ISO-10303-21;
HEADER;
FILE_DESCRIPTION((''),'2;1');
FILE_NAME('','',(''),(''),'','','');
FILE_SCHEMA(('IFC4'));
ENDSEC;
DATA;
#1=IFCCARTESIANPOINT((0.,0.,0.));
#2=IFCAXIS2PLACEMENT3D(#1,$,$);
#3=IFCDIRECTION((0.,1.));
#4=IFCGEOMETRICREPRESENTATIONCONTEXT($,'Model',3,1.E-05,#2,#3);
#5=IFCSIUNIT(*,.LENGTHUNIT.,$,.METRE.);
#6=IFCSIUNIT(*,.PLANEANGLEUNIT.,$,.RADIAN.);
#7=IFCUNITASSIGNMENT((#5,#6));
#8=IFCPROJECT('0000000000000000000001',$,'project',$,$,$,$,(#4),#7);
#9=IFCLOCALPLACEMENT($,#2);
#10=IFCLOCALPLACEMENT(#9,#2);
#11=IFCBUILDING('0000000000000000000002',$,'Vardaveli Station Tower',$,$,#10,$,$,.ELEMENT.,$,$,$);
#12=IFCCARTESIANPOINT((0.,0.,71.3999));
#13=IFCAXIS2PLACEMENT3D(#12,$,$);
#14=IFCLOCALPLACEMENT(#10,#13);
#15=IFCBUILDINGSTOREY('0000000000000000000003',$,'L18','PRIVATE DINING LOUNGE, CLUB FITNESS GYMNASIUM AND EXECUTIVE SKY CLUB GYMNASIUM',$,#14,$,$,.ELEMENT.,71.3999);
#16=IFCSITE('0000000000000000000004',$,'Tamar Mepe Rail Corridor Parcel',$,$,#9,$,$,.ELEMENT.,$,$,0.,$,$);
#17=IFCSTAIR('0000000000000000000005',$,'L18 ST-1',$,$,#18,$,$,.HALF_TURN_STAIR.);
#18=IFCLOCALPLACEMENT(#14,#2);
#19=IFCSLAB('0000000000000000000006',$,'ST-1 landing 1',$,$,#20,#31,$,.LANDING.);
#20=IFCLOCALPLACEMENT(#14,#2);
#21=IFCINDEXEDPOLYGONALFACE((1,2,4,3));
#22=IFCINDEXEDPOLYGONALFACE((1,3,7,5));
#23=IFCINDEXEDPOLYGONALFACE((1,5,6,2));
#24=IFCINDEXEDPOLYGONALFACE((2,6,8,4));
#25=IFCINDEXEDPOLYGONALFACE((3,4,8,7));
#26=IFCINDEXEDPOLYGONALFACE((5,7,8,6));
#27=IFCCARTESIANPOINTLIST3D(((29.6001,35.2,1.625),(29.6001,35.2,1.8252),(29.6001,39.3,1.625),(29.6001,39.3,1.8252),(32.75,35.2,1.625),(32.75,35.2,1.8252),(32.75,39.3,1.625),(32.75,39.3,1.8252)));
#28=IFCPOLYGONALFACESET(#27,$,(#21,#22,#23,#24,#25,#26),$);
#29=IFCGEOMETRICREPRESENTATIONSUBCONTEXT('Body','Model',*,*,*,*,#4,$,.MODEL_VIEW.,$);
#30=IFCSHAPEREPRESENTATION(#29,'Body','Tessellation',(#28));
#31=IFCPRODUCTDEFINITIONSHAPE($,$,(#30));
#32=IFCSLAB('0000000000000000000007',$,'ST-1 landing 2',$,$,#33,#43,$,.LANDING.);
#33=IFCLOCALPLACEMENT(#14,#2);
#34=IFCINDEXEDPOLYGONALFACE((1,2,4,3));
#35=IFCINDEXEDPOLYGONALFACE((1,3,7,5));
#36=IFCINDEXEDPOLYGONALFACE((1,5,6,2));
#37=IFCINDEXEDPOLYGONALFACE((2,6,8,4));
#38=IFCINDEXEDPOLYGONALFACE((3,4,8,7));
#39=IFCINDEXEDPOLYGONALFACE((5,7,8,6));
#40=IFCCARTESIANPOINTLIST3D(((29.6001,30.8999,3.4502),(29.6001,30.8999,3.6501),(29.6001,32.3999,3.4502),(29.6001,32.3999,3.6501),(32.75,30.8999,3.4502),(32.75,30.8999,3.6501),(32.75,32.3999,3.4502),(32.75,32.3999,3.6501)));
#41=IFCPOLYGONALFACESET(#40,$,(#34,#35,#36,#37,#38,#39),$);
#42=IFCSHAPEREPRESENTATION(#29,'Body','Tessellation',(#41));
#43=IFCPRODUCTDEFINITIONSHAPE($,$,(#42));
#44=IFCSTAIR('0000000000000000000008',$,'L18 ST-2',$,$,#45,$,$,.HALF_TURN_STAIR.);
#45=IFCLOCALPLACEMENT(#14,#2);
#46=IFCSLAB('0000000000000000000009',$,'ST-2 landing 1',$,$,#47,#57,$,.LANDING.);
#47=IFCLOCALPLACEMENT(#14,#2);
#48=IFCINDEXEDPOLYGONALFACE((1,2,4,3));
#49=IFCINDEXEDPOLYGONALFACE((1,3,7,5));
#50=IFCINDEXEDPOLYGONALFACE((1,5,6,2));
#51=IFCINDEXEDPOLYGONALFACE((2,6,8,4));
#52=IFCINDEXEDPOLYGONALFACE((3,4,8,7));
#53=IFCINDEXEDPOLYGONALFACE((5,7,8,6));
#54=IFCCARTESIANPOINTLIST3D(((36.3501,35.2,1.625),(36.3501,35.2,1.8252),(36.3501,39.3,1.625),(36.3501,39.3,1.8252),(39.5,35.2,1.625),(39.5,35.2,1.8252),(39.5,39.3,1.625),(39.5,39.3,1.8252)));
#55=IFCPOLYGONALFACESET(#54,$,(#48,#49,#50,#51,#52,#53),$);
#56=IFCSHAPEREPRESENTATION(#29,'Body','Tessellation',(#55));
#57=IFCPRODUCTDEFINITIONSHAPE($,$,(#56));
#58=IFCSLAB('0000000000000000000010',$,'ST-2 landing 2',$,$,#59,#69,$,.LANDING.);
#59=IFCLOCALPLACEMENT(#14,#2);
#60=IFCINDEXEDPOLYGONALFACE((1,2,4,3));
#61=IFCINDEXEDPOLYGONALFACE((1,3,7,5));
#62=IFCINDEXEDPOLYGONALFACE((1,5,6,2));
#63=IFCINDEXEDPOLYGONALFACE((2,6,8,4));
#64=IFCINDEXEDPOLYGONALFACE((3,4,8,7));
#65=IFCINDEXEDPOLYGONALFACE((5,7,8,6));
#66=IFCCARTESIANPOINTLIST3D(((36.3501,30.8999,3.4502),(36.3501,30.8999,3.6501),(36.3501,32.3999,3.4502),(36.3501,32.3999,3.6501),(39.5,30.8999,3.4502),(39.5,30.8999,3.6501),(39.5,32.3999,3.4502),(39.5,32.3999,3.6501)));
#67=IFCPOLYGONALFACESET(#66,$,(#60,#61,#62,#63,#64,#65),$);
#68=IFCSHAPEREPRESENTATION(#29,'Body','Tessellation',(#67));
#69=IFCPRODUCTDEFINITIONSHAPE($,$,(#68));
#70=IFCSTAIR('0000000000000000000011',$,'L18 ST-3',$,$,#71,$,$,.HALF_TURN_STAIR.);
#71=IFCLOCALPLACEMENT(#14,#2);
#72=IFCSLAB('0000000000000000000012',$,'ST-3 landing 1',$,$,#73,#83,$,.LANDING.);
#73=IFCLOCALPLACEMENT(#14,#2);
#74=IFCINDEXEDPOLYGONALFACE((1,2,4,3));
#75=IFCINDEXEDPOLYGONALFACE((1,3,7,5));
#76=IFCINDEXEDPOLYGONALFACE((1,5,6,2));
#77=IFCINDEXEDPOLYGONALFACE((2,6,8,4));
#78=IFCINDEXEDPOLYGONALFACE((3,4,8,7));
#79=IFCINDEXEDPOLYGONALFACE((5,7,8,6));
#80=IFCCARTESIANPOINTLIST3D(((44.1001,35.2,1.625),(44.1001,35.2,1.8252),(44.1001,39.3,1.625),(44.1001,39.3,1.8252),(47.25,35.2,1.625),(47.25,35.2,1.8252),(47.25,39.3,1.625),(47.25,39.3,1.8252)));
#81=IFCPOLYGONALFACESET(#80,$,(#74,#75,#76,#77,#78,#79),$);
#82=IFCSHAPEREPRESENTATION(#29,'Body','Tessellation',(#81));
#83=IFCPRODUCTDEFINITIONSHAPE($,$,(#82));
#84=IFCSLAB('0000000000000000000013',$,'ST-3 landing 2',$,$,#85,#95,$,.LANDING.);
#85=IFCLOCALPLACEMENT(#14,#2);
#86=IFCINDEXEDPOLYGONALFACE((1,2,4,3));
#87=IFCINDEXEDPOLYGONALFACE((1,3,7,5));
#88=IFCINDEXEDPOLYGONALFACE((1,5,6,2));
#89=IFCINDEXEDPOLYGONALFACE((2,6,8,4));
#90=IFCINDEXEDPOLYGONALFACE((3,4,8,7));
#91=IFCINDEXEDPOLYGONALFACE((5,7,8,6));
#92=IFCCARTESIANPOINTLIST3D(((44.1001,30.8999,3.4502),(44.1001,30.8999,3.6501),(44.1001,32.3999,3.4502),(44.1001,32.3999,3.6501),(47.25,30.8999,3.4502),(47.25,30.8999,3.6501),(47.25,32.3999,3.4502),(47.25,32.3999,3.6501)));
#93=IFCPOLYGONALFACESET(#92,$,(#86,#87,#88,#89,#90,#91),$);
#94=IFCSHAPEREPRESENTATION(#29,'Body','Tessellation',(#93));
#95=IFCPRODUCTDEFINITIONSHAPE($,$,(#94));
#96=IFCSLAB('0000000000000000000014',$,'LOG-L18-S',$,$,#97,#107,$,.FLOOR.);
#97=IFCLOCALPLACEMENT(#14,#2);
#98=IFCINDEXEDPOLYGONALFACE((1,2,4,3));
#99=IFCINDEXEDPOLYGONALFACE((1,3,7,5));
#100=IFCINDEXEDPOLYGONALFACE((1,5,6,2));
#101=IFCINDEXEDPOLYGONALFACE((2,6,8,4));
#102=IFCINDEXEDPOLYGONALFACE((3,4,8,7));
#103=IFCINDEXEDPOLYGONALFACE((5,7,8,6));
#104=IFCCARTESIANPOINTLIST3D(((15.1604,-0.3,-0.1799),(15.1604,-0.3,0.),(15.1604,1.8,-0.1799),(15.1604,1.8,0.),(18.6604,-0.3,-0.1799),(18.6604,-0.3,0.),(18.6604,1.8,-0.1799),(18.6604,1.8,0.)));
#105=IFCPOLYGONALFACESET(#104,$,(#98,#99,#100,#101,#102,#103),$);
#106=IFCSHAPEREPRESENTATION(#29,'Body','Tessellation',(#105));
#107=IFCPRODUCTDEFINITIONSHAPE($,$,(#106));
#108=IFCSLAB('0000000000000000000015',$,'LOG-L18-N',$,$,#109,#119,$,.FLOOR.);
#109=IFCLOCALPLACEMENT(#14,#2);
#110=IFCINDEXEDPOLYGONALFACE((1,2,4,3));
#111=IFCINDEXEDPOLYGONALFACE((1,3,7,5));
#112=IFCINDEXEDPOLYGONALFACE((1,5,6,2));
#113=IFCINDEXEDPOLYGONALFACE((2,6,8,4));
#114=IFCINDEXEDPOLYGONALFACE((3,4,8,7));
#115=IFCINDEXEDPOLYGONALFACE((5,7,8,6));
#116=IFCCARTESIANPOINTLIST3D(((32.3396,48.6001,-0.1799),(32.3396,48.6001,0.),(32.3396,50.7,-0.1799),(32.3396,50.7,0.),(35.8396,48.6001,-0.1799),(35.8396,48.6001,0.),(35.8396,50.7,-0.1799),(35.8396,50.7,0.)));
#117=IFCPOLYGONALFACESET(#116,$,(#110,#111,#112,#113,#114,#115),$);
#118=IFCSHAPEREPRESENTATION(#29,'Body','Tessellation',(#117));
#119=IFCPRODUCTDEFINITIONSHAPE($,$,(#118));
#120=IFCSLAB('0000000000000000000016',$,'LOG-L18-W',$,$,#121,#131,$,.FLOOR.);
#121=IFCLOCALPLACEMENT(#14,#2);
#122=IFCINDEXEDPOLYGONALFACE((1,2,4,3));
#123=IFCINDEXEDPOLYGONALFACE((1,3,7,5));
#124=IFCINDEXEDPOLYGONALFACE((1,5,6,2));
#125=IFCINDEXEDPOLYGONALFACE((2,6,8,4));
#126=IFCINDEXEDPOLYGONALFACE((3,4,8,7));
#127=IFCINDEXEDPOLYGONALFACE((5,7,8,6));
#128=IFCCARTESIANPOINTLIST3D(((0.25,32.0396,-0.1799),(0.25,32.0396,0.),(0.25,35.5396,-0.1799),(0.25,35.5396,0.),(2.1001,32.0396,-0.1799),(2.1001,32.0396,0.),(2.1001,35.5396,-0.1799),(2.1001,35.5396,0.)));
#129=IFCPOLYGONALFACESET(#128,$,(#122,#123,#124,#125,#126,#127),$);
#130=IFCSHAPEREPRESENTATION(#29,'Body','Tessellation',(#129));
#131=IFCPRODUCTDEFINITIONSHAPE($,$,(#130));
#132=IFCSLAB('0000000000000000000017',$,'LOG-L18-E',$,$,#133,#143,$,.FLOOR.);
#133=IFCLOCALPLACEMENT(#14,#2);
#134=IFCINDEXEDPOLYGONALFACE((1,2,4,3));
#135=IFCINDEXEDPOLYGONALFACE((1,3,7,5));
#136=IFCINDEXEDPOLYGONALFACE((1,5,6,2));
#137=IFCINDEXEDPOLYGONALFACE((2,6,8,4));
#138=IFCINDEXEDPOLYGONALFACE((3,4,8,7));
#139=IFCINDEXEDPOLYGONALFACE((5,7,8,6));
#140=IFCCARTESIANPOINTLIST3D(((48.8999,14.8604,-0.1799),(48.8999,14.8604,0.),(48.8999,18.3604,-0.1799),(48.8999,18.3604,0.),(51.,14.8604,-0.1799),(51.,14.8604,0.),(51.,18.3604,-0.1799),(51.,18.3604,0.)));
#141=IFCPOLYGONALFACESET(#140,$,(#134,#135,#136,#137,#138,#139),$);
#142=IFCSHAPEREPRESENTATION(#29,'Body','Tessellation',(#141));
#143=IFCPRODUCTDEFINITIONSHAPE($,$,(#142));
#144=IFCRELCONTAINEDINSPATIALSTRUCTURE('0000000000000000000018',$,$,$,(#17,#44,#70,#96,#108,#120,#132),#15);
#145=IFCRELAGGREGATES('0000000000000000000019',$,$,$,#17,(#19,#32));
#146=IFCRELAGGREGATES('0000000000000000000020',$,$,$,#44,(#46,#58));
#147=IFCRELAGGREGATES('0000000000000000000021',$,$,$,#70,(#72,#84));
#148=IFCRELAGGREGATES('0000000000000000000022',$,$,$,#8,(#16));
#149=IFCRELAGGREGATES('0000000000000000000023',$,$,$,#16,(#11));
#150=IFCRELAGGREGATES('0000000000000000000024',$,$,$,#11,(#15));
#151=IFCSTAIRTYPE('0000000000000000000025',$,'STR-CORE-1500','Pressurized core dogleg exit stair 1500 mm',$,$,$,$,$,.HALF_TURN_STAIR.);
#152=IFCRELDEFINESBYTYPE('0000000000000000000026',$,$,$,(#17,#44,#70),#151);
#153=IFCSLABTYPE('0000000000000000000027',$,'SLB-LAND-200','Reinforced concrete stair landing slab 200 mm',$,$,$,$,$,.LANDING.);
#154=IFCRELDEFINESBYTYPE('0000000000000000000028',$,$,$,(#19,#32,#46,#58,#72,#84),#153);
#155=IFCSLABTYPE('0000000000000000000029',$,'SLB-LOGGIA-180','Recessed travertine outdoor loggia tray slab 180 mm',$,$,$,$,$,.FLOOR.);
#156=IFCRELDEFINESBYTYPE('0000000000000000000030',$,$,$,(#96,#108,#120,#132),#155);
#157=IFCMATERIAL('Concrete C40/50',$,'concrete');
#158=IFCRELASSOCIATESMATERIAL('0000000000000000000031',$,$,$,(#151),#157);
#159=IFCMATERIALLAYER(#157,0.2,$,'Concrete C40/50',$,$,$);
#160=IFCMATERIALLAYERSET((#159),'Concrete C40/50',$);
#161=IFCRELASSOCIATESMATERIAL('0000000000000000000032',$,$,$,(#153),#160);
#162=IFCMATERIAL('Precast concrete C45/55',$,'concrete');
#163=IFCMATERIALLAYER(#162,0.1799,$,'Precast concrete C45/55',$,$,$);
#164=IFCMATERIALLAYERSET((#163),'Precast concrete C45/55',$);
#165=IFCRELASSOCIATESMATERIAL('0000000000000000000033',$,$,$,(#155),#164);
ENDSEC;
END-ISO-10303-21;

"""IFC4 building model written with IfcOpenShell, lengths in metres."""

from ifc_helpers import new_model, si_unit, direction, frame, origin, place, context, subcontext, project, spatial, polyline, outline, extrude, material, layer, layer_set, type_object, element, aggregate, save


model = new_model("IFC4")

# Units and contexts
model_context = context("Model", 3, precision=1e-05, world=origin(), true_north=direction((0.0, 1.0)))
body_context = subcontext(model_context, "Body", "Model", "MODEL_VIEW")
ifc_project = project(units=[si_unit("LENGTHUNIT", "METRE"), si_unit("PLANEANGLEUNIT", "RADIAN")], contexts=[model_context])

# Site, building, storey
site_placement = place(None, origin())
site = spatial("IfcSite", under=ifc_project, at=site_placement, Name="Tamar Mepe Rail Corridor Parcel", CompositionType="ELEMENT", RefElevation=0.0)
building_placement = place(site_placement, origin())
building = spatial("IfcBuilding", under=site, at=building_placement, Name="Vardaveli Station Tower", CompositionType="ELEMENT")
storey_placement = place(building_placement, frame((0.0, 0.0, 71.3999)))
storey = spatial("IfcBuildingStorey", under=building, at=storey_placement, Name="L18", Description="PRIVATE DINING LOUNGE, CLUB FITNESS GYMNASIUM AND EXECUTIVE SKY CLUB GYMNASIUM", CompositionType="ELEMENT", Elevation=71.3999)

# Stairs, slabs
ifc_material_1 = material(Name="Concrete C40/50", Category="concrete")
stair_type = type_object("IfcStairType", Name="STR-CORE-1500", Description="Pressurized core dogleg exit stair 1500 mm", PredefinedType="HALF_TURN_STAIR", material=ifc_material_1)
stair_1_placement = place(storey_placement, origin())
stair_1 = element("IfcStair", 1, at=stair_1_placement, inside=storey, type_object=stair_type, Name="L18 ST-1", PredefinedType="HALF_TURN_STAIR")
ifc_layer_1 = layer(ifc_material_1, 0.2, Name="Concrete C40/50")
ifc_layer_set_1 = layer_set([ifc_layer_1], Name="Concrete C40/50")
slab_type_1 = type_object("IfcSlabType", Name="SLB-LAND-200", Description="Reinforced concrete stair landing slab 200 mm", PredefinedType="LANDING", material=ifc_layer_set_1)
slab_1_placement = place(storey_placement, frame((0.0, 0.0, 1.625)))
slab_1 = element("IfcSlab", 2, at=slab_1_placement, type_object=slab_type_1, Name="ST-1 landing 1", PredefinedType="LANDING", context=body_context, shape_type="SweptSolid", body=[
    extrude(outline(polyline([(32.75, 35.2), (32.75, 39.3), (29.6001, 39.3), (29.6001, 35.2), (32.75, 35.2)])), origin(), (0.0, 0.0, 1.0), 0.2002),
])
slab_2_placement = place(storey_placement, frame((0.0, 0.0, 3.4502)))
slab_2 = element("IfcSlab", 3, at=slab_2_placement, type_object=slab_type_1, Name="ST-1 landing 2", PredefinedType="LANDING", context=body_context, shape_type="SweptSolid", body=[
    extrude(outline(polyline([(32.75, 30.8999), (32.75, 32.3999), (29.6001, 32.3999), (29.6001, 30.8999), (32.75, 30.8999)])), origin(), (0.0, 0.0, 1.0), 0.2),
])
aggregate(stair_1, [slab_1, slab_2])
stair_2_placement = place(storey_placement, origin())
stair_2 = element("IfcStair", 4, at=stair_2_placement, inside=storey, type_object=stair_type, Name="L18 ST-2", PredefinedType="HALF_TURN_STAIR")
slab_3_placement = place(storey_placement, frame((0.0, 0.0, 1.625)))
slab_3 = element("IfcSlab", 5, at=slab_3_placement, type_object=slab_type_1, Name="ST-2 landing 1", PredefinedType="LANDING", context=body_context, shape_type="SweptSolid", body=[
    extrude(outline(polyline([(39.5, 35.2), (39.5, 39.3), (36.3501, 39.3), (36.3501, 35.2), (39.5, 35.2)])), origin(), (0.0, 0.0, 1.0), 0.2002),
])
slab_4_placement = place(storey_placement, frame((0.0, 0.0, 3.4502)))
slab_4 = element("IfcSlab", 6, at=slab_4_placement, type_object=slab_type_1, Name="ST-2 landing 2", PredefinedType="LANDING", context=body_context, shape_type="SweptSolid", body=[
    extrude(outline(polyline([(39.5, 30.8999), (39.5, 32.3999), (36.3501, 32.3999), (36.3501, 30.8999), (39.5, 30.8999)])), origin(), (0.0, 0.0, 1.0), 0.2),
])
aggregate(stair_2, [slab_3, slab_4])
stair_3_placement = place(storey_placement, origin())
stair_3 = element("IfcStair", 7, at=stair_3_placement, inside=storey, type_object=stair_type, Name="L18 ST-3", PredefinedType="HALF_TURN_STAIR")
slab_5_placement = place(storey_placement, frame((0.0, 0.0, 1.625)))
slab_5 = element("IfcSlab", 8, at=slab_5_placement, type_object=slab_type_1, Name="ST-3 landing 1", PredefinedType="LANDING", context=body_context, shape_type="SweptSolid", body=[
    extrude(outline(polyline([(47.25, 35.2), (47.25, 39.3), (44.1001, 39.3), (44.1001, 35.2), (47.25, 35.2)])), origin(), (0.0, 0.0, 1.0), 0.2002),
])
slab_6_placement = place(storey_placement, frame((0.0, 0.0, 3.4502)))
slab_6 = element("IfcSlab", 9, at=slab_6_placement, type_object=slab_type_1, Name="ST-3 landing 2", PredefinedType="LANDING", context=body_context, shape_type="SweptSolid", body=[
    extrude(outline(polyline([(47.25, 30.8999), (47.25, 32.3999), (44.1001, 32.3999), (44.1001, 30.8999), (47.25, 30.8999)])), origin(), (0.0, 0.0, 1.0), 0.2),
])
aggregate(stair_3, [slab_5, slab_6])

# Slabs
ifc_material_2 = material(Name="Precast concrete C45/55", Category="concrete")
ifc_layer_2 = layer(ifc_material_2, 0.1799, Name="Precast concrete C45/55")
ifc_layer_set_2 = layer_set([ifc_layer_2], Name="Precast concrete C45/55")
slab_type_2 = type_object("IfcSlabType", Name="SLB-LOGGIA-180", Description="Recessed travertine outdoor loggia tray slab 180 mm", PredefinedType="FLOOR", material=ifc_layer_set_2)
slab_7_placement = place(storey_placement, frame((0.0, 0.0, -0.1799)))
element("IfcSlab", 10, at=slab_7_placement, inside=storey, type_object=slab_type_2, Name="LOG-L18-S", PredefinedType="FLOOR", context=body_context, shape_type="SweptSolid", body=[
    extrude(outline(polyline([(15.1604, -0.3), (18.6604, -0.3), (18.6604, 1.8), (15.1604, 1.8), (15.1604, -0.3)])), origin(), (0.0, 0.0, 1.0), 0.1799),
])
slab_8_placement = place(storey_placement, frame((0.0, 0.0, -0.1799)))
element("IfcSlab", 11, at=slab_8_placement, inside=storey, type_object=slab_type_2, Name="LOG-L18-N", PredefinedType="FLOOR", context=body_context, shape_type="SweptSolid", body=[
    extrude(outline(polyline([(32.3396, 48.6001), (35.8396, 48.6001), (35.8396, 50.7), (32.3396, 50.7), (32.3396, 48.6001)])), origin(), (0.0, 0.0, 1.0), 0.1799),
])
slab_9_placement = place(storey_placement, frame((0.0, 0.0, -0.1799)))
element("IfcSlab", 12, at=slab_9_placement, inside=storey, type_object=slab_type_2, Name="LOG-L18-W", PredefinedType="FLOOR", context=body_context, shape_type="SweptSolid", body=[
    extrude(outline(polyline([(0.25, 32.0396), (2.1001, 32.0396), (2.1001, 35.5396), (0.25, 35.5396), (0.25, 32.0396)])), origin(), (0.0, 0.0, 1.0), 0.1799),
])
slab_10_placement = place(storey_placement, frame((0.0, 0.0, -0.1799)))
element("IfcSlab", 13, at=slab_10_placement, inside=storey, type_object=slab_type_2, Name="LOG-L18-E", PredefinedType="FLOOR", context=body_context, shape_type="SweptSolid", body=[
    extrude(outline(polyline([(48.8999, 14.8604), (51.0, 14.8604), (51.0, 18.3604), (48.8999, 18.3604), (48.8999, 14.8604)])), origin(), (0.0, 0.0, 1.0), 0.1799),
])

save(model, "model.ifc")
